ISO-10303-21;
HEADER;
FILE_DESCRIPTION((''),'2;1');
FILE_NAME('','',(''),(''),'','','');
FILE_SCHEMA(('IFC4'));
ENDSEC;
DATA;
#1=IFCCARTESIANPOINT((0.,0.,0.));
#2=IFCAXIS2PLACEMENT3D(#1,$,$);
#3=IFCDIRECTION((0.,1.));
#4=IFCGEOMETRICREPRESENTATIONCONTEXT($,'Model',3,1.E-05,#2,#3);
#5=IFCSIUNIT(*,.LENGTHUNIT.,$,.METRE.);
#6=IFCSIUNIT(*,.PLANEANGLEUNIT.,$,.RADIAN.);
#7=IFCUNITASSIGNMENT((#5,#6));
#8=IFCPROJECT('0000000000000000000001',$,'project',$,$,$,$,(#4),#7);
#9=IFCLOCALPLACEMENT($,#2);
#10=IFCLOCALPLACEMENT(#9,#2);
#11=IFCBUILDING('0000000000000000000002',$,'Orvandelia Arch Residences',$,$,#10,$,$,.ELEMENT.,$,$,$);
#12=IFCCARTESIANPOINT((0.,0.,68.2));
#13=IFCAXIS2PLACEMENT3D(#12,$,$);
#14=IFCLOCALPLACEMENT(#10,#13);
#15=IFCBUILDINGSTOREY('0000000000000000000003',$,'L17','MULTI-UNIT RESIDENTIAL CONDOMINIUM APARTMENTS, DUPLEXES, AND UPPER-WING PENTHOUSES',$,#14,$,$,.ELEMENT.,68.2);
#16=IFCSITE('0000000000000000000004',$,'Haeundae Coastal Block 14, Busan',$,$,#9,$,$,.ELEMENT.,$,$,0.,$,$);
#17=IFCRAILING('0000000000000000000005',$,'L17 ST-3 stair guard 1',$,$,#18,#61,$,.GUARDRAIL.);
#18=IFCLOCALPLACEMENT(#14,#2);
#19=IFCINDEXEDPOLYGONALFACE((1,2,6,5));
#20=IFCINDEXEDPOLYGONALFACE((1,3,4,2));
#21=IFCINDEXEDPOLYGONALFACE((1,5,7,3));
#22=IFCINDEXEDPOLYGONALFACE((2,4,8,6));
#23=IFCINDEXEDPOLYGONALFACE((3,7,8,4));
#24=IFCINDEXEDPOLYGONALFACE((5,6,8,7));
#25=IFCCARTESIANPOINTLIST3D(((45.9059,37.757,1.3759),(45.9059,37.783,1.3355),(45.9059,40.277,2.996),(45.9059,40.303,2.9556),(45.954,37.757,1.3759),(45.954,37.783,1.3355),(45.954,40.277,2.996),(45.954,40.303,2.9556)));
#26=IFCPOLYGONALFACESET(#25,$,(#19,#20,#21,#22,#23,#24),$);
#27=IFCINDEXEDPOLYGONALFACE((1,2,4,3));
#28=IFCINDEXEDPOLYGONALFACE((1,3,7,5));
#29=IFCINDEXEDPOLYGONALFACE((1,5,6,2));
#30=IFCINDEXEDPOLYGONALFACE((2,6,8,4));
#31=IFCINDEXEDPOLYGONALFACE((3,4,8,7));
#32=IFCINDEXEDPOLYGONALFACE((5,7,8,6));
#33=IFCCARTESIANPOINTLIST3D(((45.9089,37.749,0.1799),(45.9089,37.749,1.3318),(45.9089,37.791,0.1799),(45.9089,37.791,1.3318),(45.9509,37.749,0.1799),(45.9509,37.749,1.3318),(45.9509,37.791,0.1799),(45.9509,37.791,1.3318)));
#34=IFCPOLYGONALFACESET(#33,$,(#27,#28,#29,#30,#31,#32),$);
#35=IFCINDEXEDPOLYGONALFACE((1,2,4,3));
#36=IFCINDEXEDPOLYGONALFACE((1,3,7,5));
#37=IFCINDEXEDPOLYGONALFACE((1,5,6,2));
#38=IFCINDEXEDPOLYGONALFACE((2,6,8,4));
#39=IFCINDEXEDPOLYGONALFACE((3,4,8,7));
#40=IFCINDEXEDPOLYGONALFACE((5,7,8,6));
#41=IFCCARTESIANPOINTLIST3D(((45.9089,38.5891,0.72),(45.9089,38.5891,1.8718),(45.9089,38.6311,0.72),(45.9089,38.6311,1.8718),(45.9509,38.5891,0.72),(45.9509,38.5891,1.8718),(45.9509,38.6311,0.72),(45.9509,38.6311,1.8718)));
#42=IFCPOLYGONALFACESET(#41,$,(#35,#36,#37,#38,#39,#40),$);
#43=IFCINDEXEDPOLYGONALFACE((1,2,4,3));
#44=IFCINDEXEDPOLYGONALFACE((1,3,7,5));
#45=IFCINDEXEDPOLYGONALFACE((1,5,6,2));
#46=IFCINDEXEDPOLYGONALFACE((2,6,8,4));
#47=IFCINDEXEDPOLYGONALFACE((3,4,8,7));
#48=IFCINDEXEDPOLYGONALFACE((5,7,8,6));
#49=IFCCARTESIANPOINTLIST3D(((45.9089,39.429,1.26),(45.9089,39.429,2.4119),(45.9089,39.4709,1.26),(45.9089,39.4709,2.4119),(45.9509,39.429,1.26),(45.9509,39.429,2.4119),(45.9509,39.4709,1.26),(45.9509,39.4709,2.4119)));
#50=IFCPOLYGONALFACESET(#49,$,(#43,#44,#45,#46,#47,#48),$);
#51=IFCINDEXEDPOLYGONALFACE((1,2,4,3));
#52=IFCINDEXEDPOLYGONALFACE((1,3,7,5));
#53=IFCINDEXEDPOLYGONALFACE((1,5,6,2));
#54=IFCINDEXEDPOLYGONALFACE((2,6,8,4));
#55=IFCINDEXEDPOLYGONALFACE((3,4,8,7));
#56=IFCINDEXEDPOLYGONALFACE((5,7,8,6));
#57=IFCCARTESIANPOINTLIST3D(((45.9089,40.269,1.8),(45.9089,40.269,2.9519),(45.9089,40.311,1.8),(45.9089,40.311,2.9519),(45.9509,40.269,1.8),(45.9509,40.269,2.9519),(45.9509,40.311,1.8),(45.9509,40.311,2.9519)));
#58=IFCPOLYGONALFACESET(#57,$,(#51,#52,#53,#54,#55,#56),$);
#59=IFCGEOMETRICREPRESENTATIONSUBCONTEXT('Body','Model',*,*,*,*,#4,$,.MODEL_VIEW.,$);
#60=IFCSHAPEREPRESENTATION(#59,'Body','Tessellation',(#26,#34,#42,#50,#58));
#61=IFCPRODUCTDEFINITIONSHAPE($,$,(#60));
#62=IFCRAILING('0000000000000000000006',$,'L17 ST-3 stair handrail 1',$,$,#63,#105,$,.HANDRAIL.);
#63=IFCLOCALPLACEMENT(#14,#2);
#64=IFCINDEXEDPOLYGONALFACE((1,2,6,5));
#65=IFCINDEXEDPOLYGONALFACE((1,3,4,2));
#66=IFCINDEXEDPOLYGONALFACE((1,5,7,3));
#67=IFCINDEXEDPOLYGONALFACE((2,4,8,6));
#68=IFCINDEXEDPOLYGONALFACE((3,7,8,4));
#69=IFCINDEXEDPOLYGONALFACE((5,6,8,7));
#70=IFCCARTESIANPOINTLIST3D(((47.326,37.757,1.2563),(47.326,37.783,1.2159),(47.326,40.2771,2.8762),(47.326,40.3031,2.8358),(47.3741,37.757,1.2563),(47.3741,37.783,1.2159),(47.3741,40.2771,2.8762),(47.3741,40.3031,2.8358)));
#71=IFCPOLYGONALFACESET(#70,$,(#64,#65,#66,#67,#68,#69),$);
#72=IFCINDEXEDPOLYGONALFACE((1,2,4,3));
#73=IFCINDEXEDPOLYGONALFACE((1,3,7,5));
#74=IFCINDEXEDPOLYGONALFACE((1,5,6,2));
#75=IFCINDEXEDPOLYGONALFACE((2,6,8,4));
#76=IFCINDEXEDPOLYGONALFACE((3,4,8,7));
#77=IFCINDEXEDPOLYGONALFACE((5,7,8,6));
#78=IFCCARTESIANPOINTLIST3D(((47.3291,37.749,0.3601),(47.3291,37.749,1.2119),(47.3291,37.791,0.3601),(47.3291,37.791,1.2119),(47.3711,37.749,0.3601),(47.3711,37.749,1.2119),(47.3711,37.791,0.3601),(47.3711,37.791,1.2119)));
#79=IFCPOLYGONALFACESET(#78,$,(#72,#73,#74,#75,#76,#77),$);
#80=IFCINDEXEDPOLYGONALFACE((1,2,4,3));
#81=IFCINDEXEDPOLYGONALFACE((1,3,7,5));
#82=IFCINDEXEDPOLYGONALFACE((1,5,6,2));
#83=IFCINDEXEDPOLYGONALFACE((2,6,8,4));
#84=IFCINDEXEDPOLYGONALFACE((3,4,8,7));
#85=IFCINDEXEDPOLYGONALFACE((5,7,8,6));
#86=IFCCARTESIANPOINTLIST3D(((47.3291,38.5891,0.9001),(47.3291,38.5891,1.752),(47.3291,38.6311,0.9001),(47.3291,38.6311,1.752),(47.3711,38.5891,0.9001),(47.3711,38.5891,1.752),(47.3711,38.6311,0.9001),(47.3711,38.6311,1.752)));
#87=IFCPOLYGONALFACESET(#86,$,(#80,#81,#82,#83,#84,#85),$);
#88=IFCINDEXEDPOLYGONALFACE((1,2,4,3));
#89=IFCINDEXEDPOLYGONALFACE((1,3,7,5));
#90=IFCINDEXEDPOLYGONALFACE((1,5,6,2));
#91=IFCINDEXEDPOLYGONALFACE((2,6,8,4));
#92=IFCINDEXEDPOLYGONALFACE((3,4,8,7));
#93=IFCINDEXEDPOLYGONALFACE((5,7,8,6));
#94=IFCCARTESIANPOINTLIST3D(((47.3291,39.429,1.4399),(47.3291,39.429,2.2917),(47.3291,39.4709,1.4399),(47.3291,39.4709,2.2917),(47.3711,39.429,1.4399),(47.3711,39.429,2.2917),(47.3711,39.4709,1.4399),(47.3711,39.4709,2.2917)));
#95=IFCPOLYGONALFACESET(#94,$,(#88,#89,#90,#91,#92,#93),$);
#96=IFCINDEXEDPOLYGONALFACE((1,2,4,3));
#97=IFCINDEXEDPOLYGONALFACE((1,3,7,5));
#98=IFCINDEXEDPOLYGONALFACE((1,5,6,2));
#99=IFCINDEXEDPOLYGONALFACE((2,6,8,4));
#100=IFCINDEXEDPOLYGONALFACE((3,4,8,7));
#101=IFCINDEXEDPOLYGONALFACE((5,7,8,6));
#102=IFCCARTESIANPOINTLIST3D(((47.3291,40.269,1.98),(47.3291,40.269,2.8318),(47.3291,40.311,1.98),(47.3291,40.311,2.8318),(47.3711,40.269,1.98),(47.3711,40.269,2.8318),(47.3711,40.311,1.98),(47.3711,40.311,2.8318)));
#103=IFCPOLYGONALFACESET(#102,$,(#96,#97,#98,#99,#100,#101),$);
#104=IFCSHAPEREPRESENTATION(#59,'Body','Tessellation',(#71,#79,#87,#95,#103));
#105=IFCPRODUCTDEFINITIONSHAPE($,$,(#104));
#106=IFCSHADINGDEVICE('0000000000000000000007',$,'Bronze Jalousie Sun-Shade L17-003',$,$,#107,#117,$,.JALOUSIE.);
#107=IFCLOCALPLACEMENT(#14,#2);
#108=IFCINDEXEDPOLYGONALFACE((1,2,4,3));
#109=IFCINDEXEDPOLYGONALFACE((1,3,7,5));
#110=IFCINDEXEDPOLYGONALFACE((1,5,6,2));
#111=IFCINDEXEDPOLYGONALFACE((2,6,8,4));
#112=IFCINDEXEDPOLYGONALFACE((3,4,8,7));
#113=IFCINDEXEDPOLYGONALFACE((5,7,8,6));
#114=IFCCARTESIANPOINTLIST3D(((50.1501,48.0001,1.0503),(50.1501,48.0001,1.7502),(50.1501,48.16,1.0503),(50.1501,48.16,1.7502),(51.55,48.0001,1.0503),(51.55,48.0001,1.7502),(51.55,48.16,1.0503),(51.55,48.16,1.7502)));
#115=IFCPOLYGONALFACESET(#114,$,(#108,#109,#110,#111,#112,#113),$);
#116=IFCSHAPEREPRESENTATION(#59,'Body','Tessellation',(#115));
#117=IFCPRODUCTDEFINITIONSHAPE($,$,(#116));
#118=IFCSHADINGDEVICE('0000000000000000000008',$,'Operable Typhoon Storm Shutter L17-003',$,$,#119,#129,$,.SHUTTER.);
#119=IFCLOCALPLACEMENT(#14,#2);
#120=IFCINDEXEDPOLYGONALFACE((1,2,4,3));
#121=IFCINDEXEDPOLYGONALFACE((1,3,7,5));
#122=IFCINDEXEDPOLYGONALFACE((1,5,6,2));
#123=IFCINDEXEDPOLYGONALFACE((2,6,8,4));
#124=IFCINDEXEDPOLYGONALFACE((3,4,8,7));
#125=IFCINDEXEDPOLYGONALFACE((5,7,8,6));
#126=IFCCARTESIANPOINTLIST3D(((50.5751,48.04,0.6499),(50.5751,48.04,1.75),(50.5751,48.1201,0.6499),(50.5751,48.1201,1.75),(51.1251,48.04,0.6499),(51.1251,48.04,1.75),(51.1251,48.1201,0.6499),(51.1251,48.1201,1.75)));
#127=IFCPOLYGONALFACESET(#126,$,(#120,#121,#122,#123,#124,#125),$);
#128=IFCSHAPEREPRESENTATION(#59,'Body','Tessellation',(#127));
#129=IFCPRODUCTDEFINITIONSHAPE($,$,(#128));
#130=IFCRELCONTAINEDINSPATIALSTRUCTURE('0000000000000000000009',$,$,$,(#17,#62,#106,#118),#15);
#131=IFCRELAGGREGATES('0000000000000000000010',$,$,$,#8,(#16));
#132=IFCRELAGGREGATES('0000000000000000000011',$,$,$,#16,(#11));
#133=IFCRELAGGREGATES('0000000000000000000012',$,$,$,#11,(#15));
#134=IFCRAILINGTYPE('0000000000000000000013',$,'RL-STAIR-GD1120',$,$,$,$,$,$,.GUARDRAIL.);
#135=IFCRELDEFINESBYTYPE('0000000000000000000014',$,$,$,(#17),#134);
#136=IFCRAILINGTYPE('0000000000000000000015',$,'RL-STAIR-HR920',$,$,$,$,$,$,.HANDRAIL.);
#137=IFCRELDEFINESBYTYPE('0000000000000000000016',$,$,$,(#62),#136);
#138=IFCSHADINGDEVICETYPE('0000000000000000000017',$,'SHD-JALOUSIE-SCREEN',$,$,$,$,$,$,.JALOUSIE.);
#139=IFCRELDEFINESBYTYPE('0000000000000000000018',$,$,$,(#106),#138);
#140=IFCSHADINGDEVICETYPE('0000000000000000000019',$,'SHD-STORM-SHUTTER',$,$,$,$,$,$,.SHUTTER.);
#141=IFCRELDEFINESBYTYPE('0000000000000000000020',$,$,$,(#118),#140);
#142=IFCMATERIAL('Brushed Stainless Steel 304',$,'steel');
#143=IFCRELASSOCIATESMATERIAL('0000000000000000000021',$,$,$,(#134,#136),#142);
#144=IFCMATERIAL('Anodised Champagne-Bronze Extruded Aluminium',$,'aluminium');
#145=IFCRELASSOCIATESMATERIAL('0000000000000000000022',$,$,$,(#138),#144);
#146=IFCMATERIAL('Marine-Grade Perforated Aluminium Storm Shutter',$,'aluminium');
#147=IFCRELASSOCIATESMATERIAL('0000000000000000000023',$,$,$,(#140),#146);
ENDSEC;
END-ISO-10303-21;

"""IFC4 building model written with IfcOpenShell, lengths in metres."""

from ifc_helpers import new_model, si_unit, direction, frame, origin, origin_2d, place, context, subcontext, project, spatial, rectangle, extrude, material, type_object, element, save


model = new_model("IFC4")

# Units and contexts
model_context = context("Model", 3, precision=1e-05, world=origin(), true_north=direction((0.0, 1.0)))
body_context = subcontext(model_context, "Body", "Model", "MODEL_VIEW")
ifc_project = project(units=[si_unit("LENGTHUNIT", "METRE"), si_unit("PLANEANGLEUNIT", "RADIAN")], contexts=[model_context])

# Site, building, storey
site_placement = place(None, origin())
site = spatial("IfcSite", under=ifc_project, at=site_placement, Name="Haeundae Coastal Block 14, Busan", CompositionType="ELEMENT", RefElevation=0.0)
building_placement = place(site_placement, origin())
building = spatial("IfcBuilding", under=site, at=building_placement, Name="Orvandelia Arch Residences", CompositionType="ELEMENT")
storey_placement = place(building_placement, frame((0.0, 0.0, 68.2)))
storey = spatial("IfcBuildingStorey", under=building, at=storey_placement, Name="L17", Description="MULTI-UNIT RESIDENTIAL CONDOMINIUM APARTMENTS, DUPLEXES, AND UPPER-WING PENTHOUSES", CompositionType="ELEMENT", Elevation=68.2)

# Railings
ifc_material_1 = material(Name="Brushed Stainless Steel 304", Category="steel")
railing_type_1 = type_object("IfcRailingType", Name="RL-STAIR-GD1120", PredefinedType="GUARDRAIL", material=ifc_material_1)
railing_1_placement = place(storey_placement, frame((45.9299, 37.77, 0.1799)))
element("IfcRailing", 1, at=railing_1_placement, inside=storey, type_object=railing_type_1, Name="L17 ST-3 stair guard 1", PredefinedType="GUARDRAIL", context=body_context, shape_type="SweptSolid", body=[
    extrude(rectangle(XDim=0.0481, YDim=0.0481, at=origin_2d()), frame((0.0, 0.0, 1.1758), z_axis=(0.0, 0.841163, 0.540782), x_axis=(-1.0, 0.0, 0.0)), (0.0, 0.0, 1.0), 2.9958),
    extrude(rectangle(XDim=0.042, YDim=0.042, at=origin_2d()), origin(), (0.0, 0.0, 1.0), 1.1519),
    extrude(rectangle(XDim=0.042, YDim=0.042, at=origin_2d()), frame((0.0, 0.8401, 0.54)), (0.0, 0.0, 1.0), 1.1519),
    extrude(rectangle(XDim=0.042, YDim=0.042, at=origin_2d()), frame((0.0, 1.6799, 1.0801)), (0.0, 0.0, 1.0), 1.1519),
    extrude(rectangle(XDim=0.042, YDim=0.042, at=origin_2d()), frame((0.0, 2.52, 1.6201)), (0.0, 0.0, 1.0), 1.1519),
])
railing_type_2 = type_object("IfcRailingType", Name="RL-STAIR-HR920", PredefinedType="HANDRAIL", material=ifc_material_1)
railing_2_placement = place(storey_placement, frame((47.3501, 37.77, 0.3601)))
element("IfcRailing", 2, at=railing_2_placement, inside=storey, type_object=railing_type_2, Name="L17 ST-3 stair handrail 1", PredefinedType="HANDRAIL", context=body_context, shape_type="SweptSolid", body=[
    extrude(rectangle(XDim=0.0481, YDim=0.0481, at=origin_2d()), frame((0.0, 0.0, 0.876), z_axis=(0.0, 0.8412, 0.540725), x_axis=(-1.0, 0.0, 0.0)), (0.0, 0.0, 1.0), 2.9958),
    extrude(rectangle(XDim=0.042, YDim=0.042, at=origin_2d()), origin(), (0.0, 0.0, 1.0), 0.8518),
    extrude(rectangle(XDim=0.042, YDim=0.042, at=origin_2d()), frame((0.0, 0.8401, 0.54)), (0.0, 0.0, 1.0), 0.8518),
    extrude(rectangle(XDim=0.042, YDim=0.042, at=origin_2d()), frame((0.0, 1.6799, 1.0798)), (0.0, 0.0, 1.0), 0.8518),
    extrude(rectangle(XDim=0.042, YDim=0.042, at=origin_2d()), frame((0.0, 2.52, 1.6199)), (0.0, 0.0, 1.0), 0.8518),
])

# Shading devices
ifc_material_2 = material(Name="Anodised Champagne-Bronze Extruded Aluminium", Category="aluminium")
shading_device_type_1 = type_object("IfcShadingDeviceType", Name="SHD-JALOUSIE-SCREEN", PredefinedType="JALOUSIE", material=ifc_material_2)
shading_device_1_placement = place(storey_placement, frame((50.8501, 48.0801, 1.0503), z_axis=(0.0, 0.0, 1.0), x_axis=(1.0, 0.0, 0.0)))
element("IfcShadingDevice", 3, at=shading_device_1_placement, inside=storey, type_object=shading_device_type_1, Name="Bronze Jalousie Sun-Shade L17-003", PredefinedType="JALOUSIE", context=body_context, shape_type="SweptSolid", body=[
    extrude(rectangle(XDim=1.3999, YDim=0.1599, at=origin_2d()), origin(), (0.0, 0.0, 1.0), 0.7),
])
ifc_material_3 = material(Name="Marine-Grade Perforated Aluminium Storm Shutter", Category="aluminium")
shading_device_type_2 = type_object("IfcShadingDeviceType", Name="SHD-STORM-SHUTTER", PredefinedType="SHUTTER", material=ifc_material_3)
shading_device_2_placement = place(storey_placement, frame((50.8501, 48.0801, 0.6499), z_axis=(0.0, 0.0, 1.0), x_axis=(1.0, 0.0, 0.0)))
element("IfcShadingDevice", 4, at=shading_device_2_placement, inside=storey, type_object=shading_device_type_2, Name="Operable Typhoon Storm Shutter L17-003", PredefinedType="SHUTTER", context=body_context, shape_type="SweptSolid", body=[
    extrude(rectangle(XDim=0.55, YDim=0.0801, at=origin_2d()), origin(), (0.0, 0.0, 1.0), 1.1001),
])

save(model, "model.ifc")
